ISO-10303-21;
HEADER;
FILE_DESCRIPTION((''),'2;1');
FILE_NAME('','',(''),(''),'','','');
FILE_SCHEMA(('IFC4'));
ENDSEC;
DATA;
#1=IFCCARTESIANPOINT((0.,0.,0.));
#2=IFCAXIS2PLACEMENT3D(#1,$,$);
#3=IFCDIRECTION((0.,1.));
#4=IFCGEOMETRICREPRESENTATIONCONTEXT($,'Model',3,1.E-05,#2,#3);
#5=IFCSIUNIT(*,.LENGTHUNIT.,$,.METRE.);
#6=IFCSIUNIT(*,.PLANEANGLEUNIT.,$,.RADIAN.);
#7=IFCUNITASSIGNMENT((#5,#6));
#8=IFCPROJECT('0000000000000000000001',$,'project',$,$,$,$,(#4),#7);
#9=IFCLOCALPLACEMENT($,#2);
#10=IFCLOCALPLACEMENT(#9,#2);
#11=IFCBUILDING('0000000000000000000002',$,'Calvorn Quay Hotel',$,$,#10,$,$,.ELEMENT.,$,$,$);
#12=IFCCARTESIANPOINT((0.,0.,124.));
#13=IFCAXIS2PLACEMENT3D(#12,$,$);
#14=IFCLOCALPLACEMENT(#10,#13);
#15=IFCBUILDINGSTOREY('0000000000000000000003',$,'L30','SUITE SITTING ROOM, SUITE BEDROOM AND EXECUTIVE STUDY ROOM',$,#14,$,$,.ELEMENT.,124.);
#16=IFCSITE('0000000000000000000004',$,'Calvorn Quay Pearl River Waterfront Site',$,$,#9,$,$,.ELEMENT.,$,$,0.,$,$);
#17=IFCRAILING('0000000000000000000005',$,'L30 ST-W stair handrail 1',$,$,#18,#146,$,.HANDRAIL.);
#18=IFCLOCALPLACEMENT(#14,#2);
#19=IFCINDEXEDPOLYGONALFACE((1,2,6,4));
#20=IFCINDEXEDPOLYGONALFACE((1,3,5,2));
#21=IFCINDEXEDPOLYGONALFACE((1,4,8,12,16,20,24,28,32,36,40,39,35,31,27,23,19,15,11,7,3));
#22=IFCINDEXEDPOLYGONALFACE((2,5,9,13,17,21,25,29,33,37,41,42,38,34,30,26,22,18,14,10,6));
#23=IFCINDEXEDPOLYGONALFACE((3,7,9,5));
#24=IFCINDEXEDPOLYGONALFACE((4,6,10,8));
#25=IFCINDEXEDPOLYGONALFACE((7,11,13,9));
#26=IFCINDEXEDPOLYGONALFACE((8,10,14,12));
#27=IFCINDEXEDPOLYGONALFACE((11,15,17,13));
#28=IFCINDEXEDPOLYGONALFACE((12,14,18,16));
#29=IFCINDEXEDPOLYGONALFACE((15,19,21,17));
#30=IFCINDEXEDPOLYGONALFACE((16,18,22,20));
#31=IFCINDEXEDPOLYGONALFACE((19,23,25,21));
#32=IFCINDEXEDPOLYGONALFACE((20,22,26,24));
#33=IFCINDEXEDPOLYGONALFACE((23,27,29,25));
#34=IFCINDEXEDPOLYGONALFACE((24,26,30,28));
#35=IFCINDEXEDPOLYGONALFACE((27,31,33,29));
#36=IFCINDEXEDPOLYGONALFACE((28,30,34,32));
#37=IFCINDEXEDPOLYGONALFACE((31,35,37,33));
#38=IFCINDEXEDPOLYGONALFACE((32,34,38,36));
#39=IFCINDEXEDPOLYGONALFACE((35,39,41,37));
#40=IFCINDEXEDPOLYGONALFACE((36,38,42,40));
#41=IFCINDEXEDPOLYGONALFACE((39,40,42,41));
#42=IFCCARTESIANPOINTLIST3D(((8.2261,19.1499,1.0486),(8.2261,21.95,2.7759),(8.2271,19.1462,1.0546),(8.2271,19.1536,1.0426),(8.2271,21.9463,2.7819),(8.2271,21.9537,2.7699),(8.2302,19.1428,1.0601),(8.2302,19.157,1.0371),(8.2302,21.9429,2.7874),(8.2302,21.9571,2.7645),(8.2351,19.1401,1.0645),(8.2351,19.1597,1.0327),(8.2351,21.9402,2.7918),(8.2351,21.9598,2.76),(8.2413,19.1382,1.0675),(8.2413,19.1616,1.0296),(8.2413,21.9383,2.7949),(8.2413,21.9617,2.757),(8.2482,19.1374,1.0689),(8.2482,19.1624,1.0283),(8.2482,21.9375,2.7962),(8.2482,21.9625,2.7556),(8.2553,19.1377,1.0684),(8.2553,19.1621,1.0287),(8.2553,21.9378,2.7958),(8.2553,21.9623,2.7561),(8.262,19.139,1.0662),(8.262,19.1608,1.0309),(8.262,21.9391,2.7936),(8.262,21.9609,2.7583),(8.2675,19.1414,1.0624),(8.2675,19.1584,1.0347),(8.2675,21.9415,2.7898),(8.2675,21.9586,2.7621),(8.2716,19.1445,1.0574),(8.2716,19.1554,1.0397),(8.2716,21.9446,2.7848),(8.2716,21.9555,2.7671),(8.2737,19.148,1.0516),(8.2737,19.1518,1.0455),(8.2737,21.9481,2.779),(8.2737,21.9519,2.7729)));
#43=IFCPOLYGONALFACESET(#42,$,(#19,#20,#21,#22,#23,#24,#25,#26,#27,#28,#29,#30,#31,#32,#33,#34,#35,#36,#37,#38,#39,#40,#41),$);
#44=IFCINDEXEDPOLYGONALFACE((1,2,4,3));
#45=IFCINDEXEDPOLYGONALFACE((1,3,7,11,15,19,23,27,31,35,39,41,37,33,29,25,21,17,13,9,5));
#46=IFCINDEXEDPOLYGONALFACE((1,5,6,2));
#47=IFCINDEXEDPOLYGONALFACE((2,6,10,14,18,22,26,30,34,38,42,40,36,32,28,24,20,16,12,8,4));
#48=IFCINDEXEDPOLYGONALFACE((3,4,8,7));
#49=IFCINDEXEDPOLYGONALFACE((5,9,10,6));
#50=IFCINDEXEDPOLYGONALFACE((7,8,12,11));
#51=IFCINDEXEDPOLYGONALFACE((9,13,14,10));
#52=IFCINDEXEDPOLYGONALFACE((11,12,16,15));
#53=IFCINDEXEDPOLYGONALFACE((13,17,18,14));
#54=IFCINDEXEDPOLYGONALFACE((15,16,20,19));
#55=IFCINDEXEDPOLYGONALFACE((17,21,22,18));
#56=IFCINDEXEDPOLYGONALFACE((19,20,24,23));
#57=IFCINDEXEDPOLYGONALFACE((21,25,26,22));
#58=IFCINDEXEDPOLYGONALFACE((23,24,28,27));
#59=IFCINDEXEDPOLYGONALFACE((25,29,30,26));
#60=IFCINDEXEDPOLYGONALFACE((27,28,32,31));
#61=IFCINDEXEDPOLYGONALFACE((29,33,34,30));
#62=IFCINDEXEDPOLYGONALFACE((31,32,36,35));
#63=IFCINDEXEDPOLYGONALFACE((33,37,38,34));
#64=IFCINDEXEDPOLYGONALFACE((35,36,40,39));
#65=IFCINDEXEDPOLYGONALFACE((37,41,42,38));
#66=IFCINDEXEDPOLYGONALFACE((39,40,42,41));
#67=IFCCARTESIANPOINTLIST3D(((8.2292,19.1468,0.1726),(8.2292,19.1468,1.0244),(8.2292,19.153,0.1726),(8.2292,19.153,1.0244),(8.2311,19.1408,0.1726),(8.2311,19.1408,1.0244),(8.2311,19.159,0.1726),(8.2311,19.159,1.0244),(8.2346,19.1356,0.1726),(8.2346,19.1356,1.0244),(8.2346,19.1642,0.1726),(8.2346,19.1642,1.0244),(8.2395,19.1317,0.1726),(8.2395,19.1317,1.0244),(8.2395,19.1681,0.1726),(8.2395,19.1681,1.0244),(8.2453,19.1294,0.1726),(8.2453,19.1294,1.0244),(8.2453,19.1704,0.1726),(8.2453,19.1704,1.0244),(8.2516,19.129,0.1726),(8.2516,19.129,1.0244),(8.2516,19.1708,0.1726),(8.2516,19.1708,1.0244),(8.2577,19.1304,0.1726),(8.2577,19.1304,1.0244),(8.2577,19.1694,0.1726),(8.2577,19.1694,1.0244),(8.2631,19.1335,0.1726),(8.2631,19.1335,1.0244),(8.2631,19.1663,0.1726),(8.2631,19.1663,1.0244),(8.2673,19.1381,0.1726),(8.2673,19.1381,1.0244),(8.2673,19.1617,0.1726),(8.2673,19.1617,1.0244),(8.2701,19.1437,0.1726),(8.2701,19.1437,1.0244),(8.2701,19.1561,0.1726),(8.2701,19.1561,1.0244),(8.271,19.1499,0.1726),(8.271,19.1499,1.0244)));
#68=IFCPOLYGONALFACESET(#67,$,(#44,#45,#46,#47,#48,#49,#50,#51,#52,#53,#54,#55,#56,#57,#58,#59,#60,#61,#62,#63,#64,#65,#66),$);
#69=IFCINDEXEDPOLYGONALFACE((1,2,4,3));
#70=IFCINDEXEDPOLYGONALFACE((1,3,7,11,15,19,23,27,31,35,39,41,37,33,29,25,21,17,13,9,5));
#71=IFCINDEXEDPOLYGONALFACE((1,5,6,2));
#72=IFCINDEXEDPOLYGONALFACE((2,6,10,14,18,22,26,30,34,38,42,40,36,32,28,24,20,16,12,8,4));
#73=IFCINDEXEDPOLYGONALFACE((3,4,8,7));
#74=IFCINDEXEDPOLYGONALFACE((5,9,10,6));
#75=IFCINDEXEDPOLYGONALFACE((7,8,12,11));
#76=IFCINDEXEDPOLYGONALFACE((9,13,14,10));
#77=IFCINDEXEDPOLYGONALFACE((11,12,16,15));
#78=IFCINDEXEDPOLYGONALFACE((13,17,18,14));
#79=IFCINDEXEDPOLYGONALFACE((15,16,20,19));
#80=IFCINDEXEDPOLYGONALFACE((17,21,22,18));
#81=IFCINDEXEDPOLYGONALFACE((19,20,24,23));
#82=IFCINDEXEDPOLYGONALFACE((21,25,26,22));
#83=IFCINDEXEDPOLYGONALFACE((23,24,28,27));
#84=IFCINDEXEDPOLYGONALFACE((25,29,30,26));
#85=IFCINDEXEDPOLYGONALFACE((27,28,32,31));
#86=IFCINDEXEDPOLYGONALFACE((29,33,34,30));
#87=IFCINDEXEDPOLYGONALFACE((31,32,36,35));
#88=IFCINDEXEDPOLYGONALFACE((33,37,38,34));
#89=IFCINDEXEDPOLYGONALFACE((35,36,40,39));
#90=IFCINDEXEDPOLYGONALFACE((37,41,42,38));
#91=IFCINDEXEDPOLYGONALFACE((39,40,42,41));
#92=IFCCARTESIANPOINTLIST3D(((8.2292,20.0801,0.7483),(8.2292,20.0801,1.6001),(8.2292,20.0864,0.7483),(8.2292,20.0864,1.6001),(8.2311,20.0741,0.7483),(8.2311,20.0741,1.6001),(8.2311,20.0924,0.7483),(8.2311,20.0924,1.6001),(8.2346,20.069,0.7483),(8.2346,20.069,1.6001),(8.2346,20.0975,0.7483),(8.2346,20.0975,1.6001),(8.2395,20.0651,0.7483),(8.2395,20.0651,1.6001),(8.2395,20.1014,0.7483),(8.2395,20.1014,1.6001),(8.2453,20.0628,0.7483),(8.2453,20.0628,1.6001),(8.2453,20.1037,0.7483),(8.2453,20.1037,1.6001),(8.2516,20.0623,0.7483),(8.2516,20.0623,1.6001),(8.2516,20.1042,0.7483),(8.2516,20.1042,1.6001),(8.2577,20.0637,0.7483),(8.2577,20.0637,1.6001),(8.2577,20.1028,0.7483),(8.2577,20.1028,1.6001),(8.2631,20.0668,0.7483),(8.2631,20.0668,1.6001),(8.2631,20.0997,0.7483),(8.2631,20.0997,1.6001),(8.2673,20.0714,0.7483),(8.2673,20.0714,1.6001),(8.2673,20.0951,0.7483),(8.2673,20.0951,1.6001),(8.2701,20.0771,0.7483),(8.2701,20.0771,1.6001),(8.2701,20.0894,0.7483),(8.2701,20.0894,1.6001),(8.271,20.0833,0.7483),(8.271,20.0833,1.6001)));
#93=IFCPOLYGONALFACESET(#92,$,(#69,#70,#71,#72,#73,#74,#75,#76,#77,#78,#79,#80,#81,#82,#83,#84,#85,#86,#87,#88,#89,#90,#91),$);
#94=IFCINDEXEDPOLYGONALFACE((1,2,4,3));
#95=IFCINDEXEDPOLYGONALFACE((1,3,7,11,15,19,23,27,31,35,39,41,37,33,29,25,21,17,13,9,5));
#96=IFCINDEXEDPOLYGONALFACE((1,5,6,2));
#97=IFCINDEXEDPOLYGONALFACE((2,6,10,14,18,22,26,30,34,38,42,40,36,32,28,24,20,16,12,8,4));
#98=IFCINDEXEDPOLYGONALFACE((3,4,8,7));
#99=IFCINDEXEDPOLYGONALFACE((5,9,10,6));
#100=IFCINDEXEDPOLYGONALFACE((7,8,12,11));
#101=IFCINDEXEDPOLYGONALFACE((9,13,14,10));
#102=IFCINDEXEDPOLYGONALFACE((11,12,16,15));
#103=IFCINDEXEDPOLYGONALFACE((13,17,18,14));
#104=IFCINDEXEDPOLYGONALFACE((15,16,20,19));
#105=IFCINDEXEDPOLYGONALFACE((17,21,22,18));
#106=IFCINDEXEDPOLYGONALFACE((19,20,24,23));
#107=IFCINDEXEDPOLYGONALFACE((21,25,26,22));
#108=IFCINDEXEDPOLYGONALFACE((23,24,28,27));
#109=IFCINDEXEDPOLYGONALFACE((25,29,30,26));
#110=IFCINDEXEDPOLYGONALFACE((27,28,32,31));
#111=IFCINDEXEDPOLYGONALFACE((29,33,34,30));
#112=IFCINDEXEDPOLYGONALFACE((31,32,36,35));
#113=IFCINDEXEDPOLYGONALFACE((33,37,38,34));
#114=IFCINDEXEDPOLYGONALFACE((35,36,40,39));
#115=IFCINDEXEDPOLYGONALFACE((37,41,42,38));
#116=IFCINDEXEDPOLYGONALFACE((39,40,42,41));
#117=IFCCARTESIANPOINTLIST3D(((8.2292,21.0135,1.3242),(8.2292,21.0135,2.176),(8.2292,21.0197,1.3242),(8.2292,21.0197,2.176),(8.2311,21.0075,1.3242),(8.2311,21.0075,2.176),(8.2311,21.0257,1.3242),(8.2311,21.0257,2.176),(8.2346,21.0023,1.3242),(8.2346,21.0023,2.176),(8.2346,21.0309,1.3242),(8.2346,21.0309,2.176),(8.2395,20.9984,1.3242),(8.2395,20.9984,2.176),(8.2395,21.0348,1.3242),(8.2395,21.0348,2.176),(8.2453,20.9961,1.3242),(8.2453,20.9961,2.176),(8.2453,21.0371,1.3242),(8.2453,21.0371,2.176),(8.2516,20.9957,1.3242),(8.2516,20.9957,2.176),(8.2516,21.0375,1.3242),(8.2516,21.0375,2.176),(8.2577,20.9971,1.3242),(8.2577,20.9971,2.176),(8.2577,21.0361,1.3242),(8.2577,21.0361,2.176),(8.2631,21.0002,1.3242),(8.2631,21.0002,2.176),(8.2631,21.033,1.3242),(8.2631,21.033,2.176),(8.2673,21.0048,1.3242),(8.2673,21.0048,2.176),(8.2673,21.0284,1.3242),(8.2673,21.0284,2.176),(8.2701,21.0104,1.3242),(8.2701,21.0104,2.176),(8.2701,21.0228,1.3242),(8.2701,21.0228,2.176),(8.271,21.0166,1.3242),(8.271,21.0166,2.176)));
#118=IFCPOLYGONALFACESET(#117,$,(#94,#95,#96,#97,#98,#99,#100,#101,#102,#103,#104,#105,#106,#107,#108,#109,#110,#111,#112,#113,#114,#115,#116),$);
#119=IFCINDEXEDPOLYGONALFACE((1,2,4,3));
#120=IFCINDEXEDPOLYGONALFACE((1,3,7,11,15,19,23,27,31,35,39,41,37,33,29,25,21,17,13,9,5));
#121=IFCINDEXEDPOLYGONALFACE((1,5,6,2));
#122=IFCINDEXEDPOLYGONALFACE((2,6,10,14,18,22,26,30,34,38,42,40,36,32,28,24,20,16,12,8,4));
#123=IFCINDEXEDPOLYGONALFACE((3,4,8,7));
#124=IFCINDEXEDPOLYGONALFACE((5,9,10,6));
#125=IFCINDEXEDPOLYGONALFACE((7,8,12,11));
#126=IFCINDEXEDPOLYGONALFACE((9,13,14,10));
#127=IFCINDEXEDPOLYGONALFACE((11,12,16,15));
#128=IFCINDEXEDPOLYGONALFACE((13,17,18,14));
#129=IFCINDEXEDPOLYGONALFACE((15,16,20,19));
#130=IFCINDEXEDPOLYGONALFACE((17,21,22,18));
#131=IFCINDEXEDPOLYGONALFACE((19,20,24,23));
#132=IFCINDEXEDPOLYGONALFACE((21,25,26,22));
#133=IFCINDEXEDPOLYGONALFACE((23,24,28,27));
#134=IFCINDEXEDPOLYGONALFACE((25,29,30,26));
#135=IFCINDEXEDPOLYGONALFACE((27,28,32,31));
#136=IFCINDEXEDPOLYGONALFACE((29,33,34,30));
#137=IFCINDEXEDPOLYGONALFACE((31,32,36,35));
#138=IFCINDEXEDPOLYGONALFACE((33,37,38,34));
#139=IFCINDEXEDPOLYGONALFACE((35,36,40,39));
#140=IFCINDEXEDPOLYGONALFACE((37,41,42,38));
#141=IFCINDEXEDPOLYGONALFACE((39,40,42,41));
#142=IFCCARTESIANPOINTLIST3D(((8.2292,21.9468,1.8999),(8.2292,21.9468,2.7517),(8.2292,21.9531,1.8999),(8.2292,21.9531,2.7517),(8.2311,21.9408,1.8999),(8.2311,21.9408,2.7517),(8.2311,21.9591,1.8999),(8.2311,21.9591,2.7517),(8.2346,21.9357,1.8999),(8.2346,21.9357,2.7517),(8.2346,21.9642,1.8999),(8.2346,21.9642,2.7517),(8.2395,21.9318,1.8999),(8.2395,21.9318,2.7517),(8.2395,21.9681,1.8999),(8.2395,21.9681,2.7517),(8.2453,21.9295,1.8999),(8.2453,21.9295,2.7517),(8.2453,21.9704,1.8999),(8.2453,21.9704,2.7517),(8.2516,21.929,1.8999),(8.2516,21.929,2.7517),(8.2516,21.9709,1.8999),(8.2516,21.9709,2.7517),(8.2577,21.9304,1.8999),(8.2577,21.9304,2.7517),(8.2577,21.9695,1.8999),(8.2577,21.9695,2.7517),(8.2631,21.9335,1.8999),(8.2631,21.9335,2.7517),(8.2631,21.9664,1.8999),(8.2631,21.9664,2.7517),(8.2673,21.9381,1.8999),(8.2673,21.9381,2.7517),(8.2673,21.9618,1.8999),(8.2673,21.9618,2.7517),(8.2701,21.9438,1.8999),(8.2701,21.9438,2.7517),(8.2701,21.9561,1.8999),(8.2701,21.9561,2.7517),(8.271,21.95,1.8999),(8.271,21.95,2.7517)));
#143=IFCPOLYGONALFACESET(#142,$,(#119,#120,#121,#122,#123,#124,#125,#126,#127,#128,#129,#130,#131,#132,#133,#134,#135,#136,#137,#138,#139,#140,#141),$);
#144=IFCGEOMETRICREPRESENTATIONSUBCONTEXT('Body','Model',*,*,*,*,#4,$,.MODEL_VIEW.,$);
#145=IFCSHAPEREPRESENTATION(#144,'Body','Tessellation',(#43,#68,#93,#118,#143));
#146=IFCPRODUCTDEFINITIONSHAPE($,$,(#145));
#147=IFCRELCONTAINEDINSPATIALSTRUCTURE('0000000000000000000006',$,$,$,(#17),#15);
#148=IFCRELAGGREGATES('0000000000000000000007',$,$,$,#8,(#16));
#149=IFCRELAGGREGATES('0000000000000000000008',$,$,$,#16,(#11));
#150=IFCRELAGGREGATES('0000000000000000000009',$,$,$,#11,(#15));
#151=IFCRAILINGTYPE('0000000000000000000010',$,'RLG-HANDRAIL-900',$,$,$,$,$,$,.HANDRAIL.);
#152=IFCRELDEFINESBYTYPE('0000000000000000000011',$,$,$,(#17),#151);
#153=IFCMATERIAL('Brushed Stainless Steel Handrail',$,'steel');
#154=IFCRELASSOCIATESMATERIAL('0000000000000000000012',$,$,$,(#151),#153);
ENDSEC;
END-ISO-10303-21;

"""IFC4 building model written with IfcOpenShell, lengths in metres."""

from ifc_helpers import new_model, si_unit, direction, frame, origin, origin_2d, place, context, subcontext, project, spatial, circle, extrude, material, type_object, element, save


model = new_model("IFC4")

# Units and contexts
model_context = context("Model", 3, precision=1e-05, world=origin(), true_north=direction((0.0, 1.0)))
body_context = subcontext(model_context, "Body", "Model", "MODEL_VIEW")
ifc_project = project(units=[si_unit("LENGTHUNIT", "METRE"), si_unit("PLANEANGLEUNIT", "RADIAN")], contexts=[model_context])

# Site, building, storey
site_placement = place(None, origin())
site = spatial("IfcSite", under=ifc_project, at=site_placement, Name="Calvorn Quay Pearl River Waterfront Site", CompositionType="ELEMENT", RefElevation=0.0)
building_placement = place(site_placement, origin())
building = spatial("IfcBuilding", under=site, at=building_placement, Name="Calvorn Quay Hotel", CompositionType="ELEMENT")
storey_placement = place(building_placement, frame((0.0, 0.0, 124.0)))
storey = spatial("IfcBuildingStorey", under=building, at=storey_placement, Name="L30", Description="SUITE SITTING ROOM, SUITE BEDROOM AND EXECUTIVE STUDY ROOM", CompositionType="ELEMENT", Elevation=124.0)

# Railing
ifc_material_1 = material(Name="Brushed Stainless Steel Handrail", Category="steel")
railing_type_1 = type_object("IfcRailingType", Name="RLG-HANDRAIL-900", PredefinedType="HANDRAIL", material=ifc_material_1)
railing_1_placement = place(storey_placement, frame((8.25, 19.1499, 0.1726)))
element("IfcRailing", 1, at=railing_1_placement, inside=storey, type_object=railing_type_1, Name="L30 ST-W stair handrail 1", PredefinedType="HANDRAIL", context=body_context, shape_type="SweptSolid", body=[
    extrude(circle(Radius=0.0239, at=origin_2d()), frame((0.0, 0.0, 0.876), z_axis=(0.0, 0.85109, 0.52502), x_axis=(-1.0, 0.0, 0.0)), (0.0, 0.0, 1.0), 3.29),
    extrude(circle(Radius=0.021, at=origin_2d()), origin(), (0.0, 0.0, 1.0), 0.8518),
    extrude(circle(Radius=0.021, at=origin_2d()), frame((0.0, 0.9333, 0.5757)), (0.0, 0.0, 1.0), 0.8518),
    extrude(circle(Radius=0.021, at=origin_2d()), frame((0.0, 1.8667, 1.1516)), (0.0, 0.0, 1.0), 0.8518),
    extrude(circle(Radius=0.021, at=origin_2d()), frame((0.0, 2.8, 1.7273)), (0.0, 0.0, 1.0), 0.8518),
])

save(model, "model.ifc")
